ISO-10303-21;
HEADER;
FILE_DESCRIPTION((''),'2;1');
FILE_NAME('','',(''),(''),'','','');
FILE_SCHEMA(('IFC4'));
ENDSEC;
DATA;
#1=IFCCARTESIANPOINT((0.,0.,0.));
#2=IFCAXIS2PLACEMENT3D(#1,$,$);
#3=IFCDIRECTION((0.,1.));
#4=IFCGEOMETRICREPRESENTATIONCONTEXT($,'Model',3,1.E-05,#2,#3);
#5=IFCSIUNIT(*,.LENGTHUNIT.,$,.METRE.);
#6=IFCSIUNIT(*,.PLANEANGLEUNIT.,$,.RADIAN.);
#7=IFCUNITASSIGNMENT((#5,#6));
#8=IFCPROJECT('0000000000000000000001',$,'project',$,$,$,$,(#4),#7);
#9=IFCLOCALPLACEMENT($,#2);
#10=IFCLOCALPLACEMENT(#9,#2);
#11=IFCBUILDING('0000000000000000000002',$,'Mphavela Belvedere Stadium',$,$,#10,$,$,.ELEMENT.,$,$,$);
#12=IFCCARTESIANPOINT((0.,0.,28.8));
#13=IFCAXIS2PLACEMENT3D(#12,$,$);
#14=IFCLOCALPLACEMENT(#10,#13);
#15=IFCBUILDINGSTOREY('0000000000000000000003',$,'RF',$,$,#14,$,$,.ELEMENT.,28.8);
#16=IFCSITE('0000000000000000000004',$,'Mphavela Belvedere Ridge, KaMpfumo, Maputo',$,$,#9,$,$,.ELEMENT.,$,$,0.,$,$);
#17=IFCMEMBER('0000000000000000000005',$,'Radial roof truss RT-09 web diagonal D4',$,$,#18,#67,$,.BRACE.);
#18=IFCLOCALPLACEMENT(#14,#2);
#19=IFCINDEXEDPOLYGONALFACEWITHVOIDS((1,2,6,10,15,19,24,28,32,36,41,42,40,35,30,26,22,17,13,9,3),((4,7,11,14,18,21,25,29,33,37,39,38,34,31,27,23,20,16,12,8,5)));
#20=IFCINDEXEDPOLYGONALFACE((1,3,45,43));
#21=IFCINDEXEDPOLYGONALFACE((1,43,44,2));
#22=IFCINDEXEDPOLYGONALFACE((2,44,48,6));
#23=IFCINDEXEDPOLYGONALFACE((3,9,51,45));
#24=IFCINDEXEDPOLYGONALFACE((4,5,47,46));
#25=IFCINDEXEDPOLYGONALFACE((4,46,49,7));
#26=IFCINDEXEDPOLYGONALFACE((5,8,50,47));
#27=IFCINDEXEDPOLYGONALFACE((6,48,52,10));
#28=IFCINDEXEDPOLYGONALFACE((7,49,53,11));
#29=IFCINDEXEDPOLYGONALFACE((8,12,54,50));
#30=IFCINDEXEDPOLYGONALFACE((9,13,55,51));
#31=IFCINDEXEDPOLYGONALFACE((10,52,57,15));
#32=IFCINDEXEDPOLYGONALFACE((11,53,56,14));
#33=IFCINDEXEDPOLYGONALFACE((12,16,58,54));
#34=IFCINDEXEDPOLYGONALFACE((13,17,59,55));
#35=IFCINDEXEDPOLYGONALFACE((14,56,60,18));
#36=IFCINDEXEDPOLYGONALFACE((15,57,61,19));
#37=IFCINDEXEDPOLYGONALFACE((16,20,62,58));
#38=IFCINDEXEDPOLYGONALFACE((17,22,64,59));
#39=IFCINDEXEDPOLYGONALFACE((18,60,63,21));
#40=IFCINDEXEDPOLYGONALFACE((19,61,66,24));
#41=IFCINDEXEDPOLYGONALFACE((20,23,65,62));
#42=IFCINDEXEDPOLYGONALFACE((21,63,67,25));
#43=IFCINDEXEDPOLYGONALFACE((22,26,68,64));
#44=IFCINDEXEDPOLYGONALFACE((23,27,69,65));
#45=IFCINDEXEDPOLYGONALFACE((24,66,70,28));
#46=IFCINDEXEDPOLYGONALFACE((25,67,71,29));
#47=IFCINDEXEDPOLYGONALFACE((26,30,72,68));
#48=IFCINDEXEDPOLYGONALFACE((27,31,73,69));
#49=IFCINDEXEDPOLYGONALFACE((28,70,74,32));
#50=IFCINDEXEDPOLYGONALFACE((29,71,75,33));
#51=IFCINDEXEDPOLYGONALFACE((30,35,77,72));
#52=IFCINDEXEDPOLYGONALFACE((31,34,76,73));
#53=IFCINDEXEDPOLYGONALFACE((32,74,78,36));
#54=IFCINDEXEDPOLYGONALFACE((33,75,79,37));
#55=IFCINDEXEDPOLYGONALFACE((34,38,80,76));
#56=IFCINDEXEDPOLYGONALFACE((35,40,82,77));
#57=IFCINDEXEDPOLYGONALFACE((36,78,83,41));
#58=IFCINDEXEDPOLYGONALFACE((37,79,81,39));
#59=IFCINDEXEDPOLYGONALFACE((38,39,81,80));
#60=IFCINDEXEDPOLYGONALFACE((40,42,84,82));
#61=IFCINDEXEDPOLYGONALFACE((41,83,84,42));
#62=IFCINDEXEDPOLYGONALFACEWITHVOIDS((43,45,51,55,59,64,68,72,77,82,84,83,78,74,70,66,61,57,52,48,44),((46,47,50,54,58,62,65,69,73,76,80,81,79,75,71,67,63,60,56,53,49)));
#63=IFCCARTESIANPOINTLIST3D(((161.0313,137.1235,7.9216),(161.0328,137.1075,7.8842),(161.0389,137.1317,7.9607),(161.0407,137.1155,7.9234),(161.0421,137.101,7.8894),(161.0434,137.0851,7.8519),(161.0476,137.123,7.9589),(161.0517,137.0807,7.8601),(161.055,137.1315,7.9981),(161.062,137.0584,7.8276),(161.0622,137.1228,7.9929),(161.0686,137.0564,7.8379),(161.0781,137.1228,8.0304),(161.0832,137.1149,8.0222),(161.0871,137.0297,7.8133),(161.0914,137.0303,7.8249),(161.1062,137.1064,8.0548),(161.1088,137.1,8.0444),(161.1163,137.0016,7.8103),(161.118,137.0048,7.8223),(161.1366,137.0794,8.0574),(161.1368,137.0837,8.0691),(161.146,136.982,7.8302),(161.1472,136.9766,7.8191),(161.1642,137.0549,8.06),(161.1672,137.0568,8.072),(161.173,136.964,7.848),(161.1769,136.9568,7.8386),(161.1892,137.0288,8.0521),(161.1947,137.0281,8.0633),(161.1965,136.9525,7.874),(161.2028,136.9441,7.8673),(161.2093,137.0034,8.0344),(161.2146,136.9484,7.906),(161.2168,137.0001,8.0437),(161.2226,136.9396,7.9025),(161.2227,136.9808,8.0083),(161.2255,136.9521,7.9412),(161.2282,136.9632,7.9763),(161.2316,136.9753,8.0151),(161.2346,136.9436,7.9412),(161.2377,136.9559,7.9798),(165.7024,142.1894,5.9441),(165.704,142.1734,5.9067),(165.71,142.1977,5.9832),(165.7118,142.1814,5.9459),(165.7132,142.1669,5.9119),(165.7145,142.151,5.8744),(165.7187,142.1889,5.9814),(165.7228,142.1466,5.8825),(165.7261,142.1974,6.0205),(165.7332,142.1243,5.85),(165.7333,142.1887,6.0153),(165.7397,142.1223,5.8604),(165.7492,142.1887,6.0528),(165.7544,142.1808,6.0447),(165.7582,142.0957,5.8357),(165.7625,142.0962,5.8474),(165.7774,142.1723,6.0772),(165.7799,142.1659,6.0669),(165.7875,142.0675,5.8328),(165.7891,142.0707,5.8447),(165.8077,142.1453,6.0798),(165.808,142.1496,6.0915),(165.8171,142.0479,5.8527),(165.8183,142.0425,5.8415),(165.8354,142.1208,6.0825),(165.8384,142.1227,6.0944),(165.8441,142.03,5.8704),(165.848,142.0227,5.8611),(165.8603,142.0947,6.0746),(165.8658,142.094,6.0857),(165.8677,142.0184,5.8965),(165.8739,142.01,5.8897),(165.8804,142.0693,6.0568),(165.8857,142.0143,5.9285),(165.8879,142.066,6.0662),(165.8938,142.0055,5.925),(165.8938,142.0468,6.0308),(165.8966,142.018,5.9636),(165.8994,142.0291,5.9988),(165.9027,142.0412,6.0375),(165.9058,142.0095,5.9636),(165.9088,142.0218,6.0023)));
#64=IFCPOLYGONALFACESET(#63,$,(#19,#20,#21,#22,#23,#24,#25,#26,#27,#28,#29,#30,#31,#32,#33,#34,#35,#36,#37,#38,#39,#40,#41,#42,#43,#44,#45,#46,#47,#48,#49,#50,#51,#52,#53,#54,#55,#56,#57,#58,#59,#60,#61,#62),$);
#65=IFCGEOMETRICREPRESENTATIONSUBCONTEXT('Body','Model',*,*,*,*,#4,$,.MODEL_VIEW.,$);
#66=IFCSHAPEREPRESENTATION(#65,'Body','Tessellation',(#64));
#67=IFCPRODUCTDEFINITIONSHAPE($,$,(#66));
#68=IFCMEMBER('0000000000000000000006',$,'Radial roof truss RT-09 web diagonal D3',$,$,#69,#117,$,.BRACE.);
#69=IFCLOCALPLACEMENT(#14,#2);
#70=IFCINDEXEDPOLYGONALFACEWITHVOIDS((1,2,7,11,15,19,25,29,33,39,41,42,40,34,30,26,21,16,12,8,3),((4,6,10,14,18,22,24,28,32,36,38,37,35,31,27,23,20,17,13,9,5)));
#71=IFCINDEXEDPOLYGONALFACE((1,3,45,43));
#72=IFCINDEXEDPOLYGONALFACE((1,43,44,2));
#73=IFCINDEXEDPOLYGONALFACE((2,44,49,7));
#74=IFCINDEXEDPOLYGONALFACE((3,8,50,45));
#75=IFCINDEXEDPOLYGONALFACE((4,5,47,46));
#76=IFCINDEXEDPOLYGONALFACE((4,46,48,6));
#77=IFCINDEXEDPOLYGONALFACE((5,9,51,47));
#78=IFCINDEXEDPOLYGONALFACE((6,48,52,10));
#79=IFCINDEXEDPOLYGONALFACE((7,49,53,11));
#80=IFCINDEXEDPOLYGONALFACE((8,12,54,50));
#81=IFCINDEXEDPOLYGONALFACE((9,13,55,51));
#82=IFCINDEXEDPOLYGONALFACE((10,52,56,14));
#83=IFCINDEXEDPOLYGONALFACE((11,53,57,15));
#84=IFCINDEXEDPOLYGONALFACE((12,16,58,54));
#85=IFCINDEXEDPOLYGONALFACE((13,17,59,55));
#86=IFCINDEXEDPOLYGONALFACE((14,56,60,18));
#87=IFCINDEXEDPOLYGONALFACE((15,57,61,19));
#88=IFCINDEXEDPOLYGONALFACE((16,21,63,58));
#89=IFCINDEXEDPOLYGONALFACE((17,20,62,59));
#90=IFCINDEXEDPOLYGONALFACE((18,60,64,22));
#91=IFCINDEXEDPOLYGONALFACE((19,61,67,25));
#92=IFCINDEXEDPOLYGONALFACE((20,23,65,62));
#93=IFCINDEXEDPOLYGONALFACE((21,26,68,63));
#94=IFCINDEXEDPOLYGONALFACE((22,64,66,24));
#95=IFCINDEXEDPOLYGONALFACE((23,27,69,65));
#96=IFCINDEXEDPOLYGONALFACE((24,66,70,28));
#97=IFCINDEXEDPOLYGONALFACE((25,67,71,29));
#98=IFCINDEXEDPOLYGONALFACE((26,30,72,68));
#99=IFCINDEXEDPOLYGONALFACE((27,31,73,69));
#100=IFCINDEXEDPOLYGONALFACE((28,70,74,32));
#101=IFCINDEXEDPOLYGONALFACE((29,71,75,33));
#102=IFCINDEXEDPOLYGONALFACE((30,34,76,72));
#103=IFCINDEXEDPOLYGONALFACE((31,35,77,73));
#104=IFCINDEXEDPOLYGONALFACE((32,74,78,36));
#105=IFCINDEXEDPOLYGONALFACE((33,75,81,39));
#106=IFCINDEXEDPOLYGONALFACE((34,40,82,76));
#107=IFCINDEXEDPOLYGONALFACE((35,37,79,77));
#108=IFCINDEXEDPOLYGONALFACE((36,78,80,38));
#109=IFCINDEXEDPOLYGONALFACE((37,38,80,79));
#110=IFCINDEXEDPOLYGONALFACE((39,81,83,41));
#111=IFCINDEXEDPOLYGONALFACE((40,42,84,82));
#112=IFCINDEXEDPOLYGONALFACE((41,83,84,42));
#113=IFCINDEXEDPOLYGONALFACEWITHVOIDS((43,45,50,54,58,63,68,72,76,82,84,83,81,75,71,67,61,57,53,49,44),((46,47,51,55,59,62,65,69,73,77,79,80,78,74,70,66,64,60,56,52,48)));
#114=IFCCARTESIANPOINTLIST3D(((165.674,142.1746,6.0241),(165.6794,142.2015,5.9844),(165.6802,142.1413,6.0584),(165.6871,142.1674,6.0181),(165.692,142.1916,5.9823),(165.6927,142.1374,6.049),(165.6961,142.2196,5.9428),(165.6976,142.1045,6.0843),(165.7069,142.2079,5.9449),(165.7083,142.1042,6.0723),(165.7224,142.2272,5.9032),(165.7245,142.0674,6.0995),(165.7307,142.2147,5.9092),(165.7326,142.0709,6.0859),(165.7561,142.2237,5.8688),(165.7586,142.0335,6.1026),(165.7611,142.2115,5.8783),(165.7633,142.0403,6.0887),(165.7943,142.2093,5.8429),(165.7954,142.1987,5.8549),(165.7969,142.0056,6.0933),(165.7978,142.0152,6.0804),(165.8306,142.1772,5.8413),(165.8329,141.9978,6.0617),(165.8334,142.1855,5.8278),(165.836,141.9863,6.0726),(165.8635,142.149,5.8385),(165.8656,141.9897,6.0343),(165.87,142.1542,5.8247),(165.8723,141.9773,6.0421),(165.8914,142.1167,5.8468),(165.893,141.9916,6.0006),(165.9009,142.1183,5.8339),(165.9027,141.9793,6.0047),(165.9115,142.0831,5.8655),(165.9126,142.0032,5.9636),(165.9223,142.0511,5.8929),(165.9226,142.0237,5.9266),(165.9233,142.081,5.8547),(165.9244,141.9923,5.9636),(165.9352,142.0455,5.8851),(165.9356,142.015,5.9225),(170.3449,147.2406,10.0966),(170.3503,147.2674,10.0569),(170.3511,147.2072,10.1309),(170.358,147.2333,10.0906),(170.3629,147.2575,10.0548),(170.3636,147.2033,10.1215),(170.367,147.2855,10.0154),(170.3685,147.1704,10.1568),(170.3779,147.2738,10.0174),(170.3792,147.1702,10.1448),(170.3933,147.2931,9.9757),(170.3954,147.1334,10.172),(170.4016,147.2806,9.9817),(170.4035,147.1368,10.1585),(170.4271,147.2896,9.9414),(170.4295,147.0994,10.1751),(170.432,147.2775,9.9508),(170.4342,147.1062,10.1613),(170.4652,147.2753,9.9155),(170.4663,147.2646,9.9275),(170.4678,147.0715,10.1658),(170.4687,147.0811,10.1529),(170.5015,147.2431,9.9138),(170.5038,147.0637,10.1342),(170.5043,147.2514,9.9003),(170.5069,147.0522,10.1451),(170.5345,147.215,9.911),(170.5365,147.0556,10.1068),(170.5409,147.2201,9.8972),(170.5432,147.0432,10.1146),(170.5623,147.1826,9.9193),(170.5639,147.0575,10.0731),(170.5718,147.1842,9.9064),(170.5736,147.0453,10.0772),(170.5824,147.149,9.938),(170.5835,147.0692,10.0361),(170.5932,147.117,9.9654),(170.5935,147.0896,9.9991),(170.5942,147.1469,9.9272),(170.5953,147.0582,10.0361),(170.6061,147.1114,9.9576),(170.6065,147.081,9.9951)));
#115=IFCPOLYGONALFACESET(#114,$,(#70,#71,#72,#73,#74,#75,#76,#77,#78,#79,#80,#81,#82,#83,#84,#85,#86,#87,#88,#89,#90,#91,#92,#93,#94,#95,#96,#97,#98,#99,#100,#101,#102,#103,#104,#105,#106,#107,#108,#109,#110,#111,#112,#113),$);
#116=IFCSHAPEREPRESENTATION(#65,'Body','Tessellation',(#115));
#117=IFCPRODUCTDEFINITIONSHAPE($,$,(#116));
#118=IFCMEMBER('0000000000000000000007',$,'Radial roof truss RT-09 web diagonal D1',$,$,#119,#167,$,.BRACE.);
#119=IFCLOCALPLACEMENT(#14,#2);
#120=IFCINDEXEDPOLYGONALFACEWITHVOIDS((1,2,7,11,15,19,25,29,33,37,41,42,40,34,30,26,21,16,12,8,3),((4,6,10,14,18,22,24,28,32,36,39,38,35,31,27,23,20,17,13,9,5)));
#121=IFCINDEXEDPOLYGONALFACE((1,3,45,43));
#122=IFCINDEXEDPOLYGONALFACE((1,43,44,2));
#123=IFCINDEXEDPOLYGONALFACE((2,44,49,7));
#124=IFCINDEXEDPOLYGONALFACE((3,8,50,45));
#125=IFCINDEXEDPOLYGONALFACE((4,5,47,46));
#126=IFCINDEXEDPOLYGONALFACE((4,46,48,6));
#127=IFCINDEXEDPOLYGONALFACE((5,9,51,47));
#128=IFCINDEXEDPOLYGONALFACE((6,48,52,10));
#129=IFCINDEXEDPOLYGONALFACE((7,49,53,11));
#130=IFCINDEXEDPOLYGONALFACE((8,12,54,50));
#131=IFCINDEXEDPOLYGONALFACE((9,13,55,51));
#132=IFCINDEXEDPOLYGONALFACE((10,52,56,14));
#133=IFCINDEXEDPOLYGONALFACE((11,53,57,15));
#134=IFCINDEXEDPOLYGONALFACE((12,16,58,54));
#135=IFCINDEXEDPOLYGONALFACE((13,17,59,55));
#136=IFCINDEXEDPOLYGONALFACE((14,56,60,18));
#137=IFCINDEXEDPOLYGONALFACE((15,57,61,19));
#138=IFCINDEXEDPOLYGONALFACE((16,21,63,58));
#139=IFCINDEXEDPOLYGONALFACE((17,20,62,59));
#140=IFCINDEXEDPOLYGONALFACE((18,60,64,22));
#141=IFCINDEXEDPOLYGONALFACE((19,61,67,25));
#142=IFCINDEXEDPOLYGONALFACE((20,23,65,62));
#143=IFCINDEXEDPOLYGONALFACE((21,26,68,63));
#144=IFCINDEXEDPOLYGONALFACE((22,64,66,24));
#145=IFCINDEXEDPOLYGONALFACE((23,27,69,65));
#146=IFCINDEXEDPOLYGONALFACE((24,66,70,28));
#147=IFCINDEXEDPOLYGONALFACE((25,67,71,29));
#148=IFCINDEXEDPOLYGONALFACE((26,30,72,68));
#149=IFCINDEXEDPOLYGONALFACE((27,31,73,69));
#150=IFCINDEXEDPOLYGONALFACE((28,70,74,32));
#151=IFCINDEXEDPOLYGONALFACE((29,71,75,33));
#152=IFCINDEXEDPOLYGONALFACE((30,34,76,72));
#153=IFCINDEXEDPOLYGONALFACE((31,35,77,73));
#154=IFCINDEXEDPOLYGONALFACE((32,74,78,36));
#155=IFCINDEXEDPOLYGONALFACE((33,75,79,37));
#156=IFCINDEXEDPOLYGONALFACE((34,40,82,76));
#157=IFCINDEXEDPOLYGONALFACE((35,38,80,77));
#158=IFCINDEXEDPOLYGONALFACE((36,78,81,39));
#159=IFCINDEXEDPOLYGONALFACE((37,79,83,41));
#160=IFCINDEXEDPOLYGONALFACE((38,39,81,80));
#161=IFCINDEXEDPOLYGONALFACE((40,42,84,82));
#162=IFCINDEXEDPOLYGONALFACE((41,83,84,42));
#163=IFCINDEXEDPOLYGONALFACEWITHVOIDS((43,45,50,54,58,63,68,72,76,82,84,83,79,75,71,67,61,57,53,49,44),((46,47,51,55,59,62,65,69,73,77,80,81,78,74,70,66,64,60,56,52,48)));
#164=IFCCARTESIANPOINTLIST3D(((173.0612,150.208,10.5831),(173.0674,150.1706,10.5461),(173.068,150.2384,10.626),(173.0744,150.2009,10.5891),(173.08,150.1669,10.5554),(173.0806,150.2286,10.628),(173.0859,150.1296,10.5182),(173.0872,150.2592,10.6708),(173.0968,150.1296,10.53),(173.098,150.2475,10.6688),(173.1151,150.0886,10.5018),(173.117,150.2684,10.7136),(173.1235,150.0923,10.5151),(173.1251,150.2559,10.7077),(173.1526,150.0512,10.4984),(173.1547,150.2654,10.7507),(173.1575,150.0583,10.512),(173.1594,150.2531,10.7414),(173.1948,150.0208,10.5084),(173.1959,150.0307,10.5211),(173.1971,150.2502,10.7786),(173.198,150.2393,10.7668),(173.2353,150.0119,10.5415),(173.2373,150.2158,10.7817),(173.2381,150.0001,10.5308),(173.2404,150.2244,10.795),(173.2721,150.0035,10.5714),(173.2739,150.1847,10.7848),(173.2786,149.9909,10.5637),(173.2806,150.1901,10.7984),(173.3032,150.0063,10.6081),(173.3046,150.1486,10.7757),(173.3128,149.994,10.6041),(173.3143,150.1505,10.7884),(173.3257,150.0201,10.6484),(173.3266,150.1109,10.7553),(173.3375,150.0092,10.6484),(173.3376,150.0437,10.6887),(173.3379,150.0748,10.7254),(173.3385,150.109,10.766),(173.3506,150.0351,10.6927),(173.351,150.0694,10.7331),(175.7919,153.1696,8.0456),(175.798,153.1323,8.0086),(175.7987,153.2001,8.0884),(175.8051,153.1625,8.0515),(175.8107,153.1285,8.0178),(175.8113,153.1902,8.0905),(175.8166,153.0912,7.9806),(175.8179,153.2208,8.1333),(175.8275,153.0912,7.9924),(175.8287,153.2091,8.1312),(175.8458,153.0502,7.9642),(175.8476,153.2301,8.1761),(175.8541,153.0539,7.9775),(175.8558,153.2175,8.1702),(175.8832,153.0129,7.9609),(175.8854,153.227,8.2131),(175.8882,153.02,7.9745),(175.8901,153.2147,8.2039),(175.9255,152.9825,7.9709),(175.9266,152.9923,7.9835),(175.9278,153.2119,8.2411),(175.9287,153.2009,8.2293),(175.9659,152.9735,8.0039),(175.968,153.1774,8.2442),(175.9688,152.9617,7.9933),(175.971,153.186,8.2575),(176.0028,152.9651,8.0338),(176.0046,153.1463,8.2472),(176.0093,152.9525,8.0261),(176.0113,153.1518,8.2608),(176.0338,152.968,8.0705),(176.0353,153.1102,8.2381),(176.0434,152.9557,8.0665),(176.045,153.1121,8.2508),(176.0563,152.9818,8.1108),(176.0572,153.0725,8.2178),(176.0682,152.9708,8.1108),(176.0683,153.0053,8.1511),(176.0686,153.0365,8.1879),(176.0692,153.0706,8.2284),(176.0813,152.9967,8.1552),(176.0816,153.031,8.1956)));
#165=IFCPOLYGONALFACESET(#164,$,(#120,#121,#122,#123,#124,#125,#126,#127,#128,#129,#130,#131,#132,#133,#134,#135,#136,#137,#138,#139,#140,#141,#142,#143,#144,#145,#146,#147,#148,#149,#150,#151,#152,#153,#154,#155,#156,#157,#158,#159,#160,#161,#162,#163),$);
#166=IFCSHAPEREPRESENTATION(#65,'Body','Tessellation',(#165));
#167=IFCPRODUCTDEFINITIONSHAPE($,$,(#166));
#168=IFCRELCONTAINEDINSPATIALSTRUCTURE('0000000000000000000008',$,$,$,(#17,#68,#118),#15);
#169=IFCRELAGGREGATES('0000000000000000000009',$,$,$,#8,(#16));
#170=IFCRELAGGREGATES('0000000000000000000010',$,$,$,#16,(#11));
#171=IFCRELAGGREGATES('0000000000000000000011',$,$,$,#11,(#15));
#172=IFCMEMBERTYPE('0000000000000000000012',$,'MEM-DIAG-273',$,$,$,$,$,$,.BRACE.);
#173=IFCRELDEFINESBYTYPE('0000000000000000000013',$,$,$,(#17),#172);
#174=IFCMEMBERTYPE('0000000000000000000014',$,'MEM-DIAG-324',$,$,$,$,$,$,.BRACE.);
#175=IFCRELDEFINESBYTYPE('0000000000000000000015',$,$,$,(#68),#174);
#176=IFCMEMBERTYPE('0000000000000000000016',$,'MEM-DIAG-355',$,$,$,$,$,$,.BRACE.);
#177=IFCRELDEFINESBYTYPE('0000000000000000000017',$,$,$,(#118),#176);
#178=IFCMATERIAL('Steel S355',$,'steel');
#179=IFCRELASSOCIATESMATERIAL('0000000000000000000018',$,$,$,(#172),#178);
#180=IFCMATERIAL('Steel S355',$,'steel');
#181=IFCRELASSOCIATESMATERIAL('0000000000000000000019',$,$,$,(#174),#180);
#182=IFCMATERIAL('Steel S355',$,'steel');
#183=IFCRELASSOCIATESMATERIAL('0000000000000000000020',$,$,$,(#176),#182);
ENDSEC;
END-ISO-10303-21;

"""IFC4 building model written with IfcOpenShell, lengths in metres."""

from ifc_helpers import new_model, si_unit, direction, frame, origin, origin_2d, place, context, subcontext, project, spatial, hollow_circle, extrude, material, material_profile, profile_set, type_object, element, save


model = new_model("IFC4")

# Units and contexts
model_context = context("Model", 3, precision=1e-05, world=origin(), true_north=direction((0.0, 1.0)))
body_context = subcontext(model_context, "Body", "Model", "MODEL_VIEW")
ifc_project = project(units=[si_unit("LENGTHUNIT", "METRE"), si_unit("PLANEANGLEUNIT", "RADIAN")], contexts=[model_context])

# Site, building, storey
site_placement = place(None, origin())
site = spatial("IfcSite", under=ifc_project, at=site_placement, Name="Mphavela Belvedere Ridge, KaMpfumo, Maputo", CompositionType="ELEMENT", RefElevation=0.0)
building_placement = place(site_placement, origin())
building = spatial("IfcBuilding", under=site, at=building_placement, Name="Mphavela Belvedere Stadium", CompositionType="ELEMENT")
storey_placement = place(building_placement, frame((0.0, 0.0, 28.8)))
storey = spatial("IfcBuildingStorey", under=building, at=storey_placement, Name="RF", CompositionType="ELEMENT", Elevation=28.8)

# Members
ifc_material_1 = material(Name="Steel S355", Category="steel")
ifc_material_profile_1 = material_profile(ifc_material_1, hollow_circle(Radius=0.1365, WallThickness=0.0125, at=origin_2d()), Name="CHS 273x12.5")
ifc_profile_set_1 = profile_set([ifc_material_profile_1], Name="Steel S355")
member_type_1 = type_object("IfcMemberType", Name="MEM-DIAG-273", PredefinedType="BRACE", material=ifc_profile_set_1)
member_1_placement = place(storey_placement, frame((165.8054, 142.1021, 5.9636), z_axis=(-0.65158, -0.706648, 0.275848), x_axis=(0.735171, -0.677881, 0.0)))
element("IfcMember", 1, at=member_1_placement, inside=storey, type_object=member_type_1, Name="Radial roof truss RT-09 web diagonal D4", PredefinedType="BRACE", context=body_context, shape_type="SweptSolid", body=[
    extrude(hollow_circle(Radius=0.1365, WallThickness=0.0125, at=origin_2d()), origin(), (0.0, 0.0, 1.0), 7.1689),
])
ifc_material_2 = material(Name="Steel S355", Category="steel")
ifc_material_profile_2 = material_profile(ifc_material_2, hollow_circle(Radius=0.1619, WallThickness=0.0161, at=origin_2d()), Name="CHS 323.9x16")
ifc_profile_set_2 = profile_set([ifc_material_profile_2], Name="Steel S355")
member_type_2 = type_object("IfcMemberType", Name="MEM-DIAG-324", PredefinedType="BRACE", material=ifc_profile_set_2)
member_2_placement = place(storey_placement, frame((170.4763, 147.168, 10.0361), z_axis=(-0.583561, -0.632913, -0.508801), x_axis=(0.735189, -0.677862, 0.0)))
element("IfcMember", 2, at=member_2_placement, inside=storey, type_object=member_type_2, Name="Radial roof truss RT-09 web diagonal D3", PredefinedType="BRACE", context=body_context, shape_type="SweptSolid", body=[
    extrude(hollow_circle(Radius=0.1619, WallThickness=0.0161, at=origin_2d()), origin(), (0.0, 0.0, 1.0), 8.0042),
])
ifc_material_3 = material(Name="Steel S355", Category="steel")
ifc_material_profile_3 = material_profile(ifc_material_3, hollow_circle(Radius=0.1777, WallThickness=0.0161, at=origin_2d()), Name="CHS 355.6x16")
ifc_profile_set_3 = profile_set([ifc_material_profile_3], Name="Steel S355")
member_type_3 = type_object("IfcMemberType", Name="MEM-DIAG-355", PredefinedType="BRACE", material=ifc_profile_set_3)
member_3_placement = place(storey_placement, frame((175.9375, 153.0913, 8.1108), z_axis=(-0.573552, -0.622061, 0.53299), x_axis=(0.735191, -0.67786, 0.0)))
element("IfcMember", 3, at=member_3_placement, inside=storey, type_object=member_type_3, Name="Radial roof truss RT-09 web diagonal D1", PredefinedType="BRACE", context=body_context, shape_type="SweptSolid", body=[
    extrude(hollow_circle(Radius=0.1777, WallThickness=0.0161, at=origin_2d()), origin(), (0.0, 0.0, 1.0), 4.761),
])

save(model, "model.ifc")
